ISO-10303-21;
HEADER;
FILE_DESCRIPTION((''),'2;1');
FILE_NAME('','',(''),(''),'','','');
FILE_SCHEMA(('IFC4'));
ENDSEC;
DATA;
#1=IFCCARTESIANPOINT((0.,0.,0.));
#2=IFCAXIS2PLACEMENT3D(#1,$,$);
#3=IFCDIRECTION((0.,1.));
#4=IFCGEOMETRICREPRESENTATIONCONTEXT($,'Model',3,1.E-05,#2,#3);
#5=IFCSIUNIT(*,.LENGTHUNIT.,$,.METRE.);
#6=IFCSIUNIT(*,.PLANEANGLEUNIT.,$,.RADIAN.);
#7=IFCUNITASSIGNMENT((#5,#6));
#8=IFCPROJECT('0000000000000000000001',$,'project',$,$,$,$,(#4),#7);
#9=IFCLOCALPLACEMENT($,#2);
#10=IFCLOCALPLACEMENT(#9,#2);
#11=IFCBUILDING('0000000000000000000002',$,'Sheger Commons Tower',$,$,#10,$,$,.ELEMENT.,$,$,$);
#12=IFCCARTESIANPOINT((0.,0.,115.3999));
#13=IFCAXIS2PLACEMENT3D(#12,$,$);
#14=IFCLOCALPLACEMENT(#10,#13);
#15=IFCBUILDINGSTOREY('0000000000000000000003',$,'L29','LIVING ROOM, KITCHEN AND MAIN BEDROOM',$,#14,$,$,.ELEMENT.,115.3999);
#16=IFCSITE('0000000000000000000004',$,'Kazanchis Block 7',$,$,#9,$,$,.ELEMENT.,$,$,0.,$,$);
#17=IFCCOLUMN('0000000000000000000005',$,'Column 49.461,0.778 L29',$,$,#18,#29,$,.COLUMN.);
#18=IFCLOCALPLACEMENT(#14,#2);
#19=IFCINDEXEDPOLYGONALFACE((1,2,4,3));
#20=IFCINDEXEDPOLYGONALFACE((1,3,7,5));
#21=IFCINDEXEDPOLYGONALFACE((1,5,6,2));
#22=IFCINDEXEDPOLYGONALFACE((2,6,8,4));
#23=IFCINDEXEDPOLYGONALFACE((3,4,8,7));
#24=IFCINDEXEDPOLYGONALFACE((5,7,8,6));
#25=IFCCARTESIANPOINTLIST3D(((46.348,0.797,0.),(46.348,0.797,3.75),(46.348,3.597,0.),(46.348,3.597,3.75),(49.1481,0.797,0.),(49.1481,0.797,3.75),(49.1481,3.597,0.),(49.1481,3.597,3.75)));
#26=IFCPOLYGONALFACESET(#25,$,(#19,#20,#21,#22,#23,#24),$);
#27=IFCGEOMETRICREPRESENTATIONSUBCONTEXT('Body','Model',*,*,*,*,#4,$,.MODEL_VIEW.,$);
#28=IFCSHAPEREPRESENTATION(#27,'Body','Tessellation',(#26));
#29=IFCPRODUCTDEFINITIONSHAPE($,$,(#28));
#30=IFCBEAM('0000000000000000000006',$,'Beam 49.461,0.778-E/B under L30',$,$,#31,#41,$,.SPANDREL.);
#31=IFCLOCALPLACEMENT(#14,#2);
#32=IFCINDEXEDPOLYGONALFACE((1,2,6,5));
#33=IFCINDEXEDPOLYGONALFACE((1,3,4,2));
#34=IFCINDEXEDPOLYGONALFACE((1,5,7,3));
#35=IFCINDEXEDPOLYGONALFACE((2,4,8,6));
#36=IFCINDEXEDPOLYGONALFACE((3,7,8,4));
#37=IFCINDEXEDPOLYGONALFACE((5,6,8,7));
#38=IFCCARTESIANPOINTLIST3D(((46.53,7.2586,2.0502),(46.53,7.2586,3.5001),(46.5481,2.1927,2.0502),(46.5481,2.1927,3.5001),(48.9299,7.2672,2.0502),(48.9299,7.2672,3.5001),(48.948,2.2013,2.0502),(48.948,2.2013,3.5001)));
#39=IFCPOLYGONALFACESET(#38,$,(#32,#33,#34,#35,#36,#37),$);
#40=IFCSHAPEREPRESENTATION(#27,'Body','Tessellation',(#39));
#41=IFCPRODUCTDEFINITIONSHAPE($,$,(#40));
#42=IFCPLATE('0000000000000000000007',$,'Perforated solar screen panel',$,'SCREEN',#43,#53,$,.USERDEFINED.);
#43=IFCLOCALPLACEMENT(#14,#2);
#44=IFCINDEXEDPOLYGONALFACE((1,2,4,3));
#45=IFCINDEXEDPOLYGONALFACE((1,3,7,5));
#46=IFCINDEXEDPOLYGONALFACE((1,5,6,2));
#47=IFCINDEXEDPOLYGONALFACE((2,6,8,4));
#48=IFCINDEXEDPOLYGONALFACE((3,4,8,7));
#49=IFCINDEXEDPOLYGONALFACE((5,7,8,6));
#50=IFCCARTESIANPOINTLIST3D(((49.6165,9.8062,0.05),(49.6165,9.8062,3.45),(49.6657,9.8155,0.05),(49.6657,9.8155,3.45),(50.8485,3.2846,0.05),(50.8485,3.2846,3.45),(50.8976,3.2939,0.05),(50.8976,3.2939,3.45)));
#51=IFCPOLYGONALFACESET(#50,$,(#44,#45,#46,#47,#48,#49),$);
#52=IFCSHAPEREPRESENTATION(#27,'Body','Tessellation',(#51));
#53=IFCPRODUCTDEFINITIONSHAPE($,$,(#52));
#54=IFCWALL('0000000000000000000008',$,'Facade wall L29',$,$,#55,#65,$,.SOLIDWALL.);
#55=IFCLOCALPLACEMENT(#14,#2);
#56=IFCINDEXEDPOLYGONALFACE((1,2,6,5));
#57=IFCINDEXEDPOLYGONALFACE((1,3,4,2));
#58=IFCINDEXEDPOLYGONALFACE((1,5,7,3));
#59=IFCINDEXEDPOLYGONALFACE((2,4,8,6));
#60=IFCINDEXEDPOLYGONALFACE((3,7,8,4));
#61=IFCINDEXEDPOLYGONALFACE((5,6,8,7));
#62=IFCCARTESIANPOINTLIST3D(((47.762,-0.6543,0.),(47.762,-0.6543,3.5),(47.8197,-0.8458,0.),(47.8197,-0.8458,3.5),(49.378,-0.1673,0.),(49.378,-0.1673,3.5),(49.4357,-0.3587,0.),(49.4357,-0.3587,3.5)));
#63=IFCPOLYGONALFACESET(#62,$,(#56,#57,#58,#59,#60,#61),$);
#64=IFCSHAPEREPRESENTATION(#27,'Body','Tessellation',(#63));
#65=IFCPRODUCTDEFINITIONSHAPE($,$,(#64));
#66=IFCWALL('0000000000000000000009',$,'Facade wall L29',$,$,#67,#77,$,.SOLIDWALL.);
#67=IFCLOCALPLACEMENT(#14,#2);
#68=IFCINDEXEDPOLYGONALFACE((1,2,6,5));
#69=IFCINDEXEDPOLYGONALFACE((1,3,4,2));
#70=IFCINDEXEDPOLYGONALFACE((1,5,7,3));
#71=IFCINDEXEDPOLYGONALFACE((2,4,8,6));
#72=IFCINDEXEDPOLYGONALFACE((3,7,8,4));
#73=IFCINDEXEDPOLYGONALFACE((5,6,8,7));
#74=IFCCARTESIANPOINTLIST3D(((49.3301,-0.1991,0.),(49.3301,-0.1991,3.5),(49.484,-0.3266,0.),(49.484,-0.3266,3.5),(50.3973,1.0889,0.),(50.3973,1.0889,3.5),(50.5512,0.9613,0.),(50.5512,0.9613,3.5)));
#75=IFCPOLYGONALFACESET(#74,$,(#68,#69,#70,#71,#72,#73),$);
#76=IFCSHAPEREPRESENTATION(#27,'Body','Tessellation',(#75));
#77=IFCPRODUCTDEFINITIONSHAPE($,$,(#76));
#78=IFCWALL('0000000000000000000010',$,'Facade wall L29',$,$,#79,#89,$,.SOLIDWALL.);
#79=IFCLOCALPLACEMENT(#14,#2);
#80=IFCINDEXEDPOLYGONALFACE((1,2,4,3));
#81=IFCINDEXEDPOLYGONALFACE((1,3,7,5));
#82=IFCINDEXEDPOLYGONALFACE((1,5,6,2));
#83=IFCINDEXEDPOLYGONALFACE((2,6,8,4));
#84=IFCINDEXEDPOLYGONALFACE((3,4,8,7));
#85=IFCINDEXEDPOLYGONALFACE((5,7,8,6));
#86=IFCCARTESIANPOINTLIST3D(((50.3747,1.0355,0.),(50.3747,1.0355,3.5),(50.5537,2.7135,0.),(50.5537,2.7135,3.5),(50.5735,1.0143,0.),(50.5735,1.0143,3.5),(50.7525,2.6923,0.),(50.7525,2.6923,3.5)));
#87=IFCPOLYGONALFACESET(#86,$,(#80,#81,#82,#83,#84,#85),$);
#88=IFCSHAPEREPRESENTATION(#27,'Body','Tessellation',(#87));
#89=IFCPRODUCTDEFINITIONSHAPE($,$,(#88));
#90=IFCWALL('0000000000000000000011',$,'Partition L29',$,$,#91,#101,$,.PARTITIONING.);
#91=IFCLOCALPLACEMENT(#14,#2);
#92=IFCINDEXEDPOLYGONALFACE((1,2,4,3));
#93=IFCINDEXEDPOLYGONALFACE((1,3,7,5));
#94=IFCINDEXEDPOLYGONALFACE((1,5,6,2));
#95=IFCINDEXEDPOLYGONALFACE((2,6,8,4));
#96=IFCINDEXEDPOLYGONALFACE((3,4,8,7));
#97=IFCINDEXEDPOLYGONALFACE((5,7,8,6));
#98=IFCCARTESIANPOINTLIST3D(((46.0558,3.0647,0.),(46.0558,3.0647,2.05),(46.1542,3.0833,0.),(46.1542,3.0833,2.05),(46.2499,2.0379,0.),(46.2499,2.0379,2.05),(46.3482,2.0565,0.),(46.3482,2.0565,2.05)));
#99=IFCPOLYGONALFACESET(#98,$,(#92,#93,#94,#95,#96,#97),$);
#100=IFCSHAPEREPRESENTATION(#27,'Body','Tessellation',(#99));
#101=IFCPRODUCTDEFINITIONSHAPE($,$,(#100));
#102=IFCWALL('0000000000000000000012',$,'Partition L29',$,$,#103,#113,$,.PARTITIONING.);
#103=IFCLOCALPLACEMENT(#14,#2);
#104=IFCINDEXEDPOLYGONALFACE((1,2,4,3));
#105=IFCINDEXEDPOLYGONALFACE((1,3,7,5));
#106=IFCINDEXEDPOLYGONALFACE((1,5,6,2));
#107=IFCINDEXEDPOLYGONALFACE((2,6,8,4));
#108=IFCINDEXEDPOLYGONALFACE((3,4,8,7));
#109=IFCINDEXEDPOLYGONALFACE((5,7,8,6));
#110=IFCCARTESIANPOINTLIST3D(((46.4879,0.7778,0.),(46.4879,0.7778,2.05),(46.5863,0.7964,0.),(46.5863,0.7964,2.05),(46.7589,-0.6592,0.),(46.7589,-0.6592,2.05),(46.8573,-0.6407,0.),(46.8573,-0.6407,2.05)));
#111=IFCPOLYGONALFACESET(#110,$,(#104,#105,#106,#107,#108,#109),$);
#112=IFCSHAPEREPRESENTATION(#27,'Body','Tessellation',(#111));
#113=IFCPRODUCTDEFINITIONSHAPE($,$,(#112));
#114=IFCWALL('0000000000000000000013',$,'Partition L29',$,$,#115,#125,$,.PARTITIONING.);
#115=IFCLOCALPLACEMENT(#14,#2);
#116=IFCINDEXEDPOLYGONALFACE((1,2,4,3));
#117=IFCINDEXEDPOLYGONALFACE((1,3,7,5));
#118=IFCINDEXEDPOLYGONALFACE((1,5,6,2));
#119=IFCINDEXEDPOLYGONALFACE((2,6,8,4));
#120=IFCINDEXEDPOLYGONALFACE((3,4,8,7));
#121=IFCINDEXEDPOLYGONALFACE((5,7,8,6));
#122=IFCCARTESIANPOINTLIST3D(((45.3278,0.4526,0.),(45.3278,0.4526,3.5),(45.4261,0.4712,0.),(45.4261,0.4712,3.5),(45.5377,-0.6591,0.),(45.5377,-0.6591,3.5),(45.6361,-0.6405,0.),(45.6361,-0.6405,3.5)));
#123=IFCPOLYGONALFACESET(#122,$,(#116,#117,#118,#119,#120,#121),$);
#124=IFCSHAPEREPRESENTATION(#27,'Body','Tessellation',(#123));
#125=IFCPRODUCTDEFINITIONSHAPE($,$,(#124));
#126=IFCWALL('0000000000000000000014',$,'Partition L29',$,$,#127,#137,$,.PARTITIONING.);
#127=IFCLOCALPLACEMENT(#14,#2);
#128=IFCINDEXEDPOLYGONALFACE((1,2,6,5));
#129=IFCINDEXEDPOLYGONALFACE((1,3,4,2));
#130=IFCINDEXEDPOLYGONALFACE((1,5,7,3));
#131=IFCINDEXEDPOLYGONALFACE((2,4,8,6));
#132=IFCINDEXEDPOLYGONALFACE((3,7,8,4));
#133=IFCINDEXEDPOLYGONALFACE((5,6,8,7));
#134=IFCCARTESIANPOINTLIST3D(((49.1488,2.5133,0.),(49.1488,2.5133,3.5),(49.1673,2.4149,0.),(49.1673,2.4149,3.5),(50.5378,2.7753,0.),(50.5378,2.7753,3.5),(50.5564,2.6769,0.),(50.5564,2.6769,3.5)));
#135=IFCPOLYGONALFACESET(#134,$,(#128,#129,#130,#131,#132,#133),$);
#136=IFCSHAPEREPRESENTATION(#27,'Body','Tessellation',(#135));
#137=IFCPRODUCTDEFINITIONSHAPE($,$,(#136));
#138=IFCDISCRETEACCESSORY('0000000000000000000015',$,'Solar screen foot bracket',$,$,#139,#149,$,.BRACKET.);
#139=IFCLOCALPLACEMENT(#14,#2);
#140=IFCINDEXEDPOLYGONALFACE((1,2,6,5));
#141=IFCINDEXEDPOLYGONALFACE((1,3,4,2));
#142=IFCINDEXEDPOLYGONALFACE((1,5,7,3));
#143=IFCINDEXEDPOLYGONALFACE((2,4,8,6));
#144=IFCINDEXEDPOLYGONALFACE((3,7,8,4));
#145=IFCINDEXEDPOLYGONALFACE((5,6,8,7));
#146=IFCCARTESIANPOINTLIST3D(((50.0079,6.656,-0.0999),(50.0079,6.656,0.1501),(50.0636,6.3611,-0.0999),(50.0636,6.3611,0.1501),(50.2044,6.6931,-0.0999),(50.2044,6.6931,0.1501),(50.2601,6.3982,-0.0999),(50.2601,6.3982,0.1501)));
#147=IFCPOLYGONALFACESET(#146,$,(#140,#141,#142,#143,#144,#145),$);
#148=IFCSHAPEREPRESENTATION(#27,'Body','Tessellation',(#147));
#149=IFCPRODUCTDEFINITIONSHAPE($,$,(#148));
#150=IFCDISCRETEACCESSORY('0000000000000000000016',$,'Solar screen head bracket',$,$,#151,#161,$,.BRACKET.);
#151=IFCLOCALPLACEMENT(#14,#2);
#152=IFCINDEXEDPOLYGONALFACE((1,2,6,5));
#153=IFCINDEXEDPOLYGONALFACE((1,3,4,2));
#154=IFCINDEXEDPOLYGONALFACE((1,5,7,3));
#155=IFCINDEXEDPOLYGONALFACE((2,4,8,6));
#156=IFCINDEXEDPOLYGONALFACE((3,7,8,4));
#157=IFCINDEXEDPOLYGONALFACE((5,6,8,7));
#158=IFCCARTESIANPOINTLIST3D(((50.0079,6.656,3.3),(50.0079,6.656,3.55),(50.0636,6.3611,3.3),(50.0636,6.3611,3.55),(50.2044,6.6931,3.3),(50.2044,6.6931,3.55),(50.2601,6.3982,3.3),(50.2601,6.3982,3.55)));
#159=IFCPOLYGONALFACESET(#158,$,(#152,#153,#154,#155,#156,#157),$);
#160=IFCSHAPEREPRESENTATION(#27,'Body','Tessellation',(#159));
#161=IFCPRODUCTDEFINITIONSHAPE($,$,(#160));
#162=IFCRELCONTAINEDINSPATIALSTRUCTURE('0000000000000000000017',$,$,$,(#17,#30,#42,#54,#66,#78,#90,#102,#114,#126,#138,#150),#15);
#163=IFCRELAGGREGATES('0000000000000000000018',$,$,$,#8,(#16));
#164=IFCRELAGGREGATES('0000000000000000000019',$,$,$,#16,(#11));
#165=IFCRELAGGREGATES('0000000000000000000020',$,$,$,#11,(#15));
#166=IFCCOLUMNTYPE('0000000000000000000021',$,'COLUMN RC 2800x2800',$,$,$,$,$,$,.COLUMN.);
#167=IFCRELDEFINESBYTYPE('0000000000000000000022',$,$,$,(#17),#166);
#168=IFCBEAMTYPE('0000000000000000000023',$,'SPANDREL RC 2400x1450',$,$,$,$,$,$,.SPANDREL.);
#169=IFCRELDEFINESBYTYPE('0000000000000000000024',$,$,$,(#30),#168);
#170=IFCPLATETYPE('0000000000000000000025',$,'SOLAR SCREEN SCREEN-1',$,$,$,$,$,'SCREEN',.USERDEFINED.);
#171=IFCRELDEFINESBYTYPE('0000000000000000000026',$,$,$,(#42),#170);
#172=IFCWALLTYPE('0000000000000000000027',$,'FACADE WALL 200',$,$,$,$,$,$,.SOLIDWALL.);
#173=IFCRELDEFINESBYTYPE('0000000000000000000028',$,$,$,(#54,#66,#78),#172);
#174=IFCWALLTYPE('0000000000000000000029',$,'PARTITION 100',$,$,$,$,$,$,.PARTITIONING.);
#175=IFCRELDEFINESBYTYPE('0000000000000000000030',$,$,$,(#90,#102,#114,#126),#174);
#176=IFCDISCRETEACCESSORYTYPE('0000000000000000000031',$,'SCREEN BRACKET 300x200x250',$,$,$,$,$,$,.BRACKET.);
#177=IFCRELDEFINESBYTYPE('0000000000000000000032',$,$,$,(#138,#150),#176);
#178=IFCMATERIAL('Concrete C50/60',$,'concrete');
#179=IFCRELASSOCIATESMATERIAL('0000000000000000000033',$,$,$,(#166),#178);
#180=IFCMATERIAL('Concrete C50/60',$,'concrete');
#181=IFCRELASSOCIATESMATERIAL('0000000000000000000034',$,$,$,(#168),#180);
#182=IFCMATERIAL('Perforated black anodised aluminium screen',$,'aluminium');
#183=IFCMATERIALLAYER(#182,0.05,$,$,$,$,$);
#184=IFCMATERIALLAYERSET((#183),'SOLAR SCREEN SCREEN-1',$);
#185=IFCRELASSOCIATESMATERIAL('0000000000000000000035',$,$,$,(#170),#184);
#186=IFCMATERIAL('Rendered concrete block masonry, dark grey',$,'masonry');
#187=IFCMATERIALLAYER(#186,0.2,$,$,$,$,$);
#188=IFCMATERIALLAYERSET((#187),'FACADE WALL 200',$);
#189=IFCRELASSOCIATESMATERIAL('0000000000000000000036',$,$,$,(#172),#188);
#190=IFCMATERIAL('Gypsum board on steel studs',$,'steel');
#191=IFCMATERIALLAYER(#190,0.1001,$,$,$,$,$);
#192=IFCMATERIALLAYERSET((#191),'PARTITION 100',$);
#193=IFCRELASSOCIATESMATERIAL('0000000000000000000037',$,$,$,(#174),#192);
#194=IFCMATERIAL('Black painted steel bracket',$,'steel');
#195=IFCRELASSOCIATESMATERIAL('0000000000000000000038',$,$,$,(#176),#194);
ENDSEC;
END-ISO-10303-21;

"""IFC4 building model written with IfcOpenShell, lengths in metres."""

from ifc_helpers import new_model, si_unit, direction, frame, frame_2d, origin, origin_2d, place, context, subcontext, project, spatial, rectangle, extrude, material, layer, layer_set, material_profile, profile_set, type_object, element, save


model = new_model("IFC4")

# Units and contexts
model_context = context("Model", 3, precision=1e-05, world=origin(), true_north=direction((0.0, 1.0)))
body_context = subcontext(model_context, "Body", "Model", "MODEL_VIEW")
ifc_project = project(units=[si_unit("LENGTHUNIT", "METRE"), si_unit("PLANEANGLEUNIT", "RADIAN")], contexts=[model_context])

# Site, building, storey
site_placement = place(None, origin())
site = spatial("IfcSite", under=ifc_project, at=site_placement, Name="Kazanchis Block 7", CompositionType="ELEMENT", RefElevation=0.0)
building_placement = place(site_placement, origin())
building = spatial("IfcBuilding", under=site, at=building_placement, Name="Sheger Commons Tower", CompositionType="ELEMENT")
storey_placement = place(building_placement, frame((0.0, 0.0, 115.3999)))
storey = spatial("IfcBuildingStorey", under=building, at=storey_placement, Name="L29", Description="LIVING ROOM, KITCHEN AND MAIN BEDROOM", CompositionType="ELEMENT", Elevation=115.3999)

# Column
ifc_material_1 = material(Name="Concrete C50/60", Category="concrete")
ifc_material_profile_1 = material_profile(ifc_material_1, rectangle(XDim=2.8, YDim=2.8, at=origin_2d()), Name="RC 2800x2800")
ifc_profile_set_1 = profile_set([ifc_material_profile_1], Name="Concrete C50/60")
column_type = type_object("IfcColumnType", Name="COLUMN RC 2800x2800", PredefinedType="COLUMN", material=ifc_profile_set_1)
column_placement = place(storey_placement, frame((47.748, 2.197, 0.0), z_axis=(0.0, 0.0, 1.0), x_axis=(1.0, 0.0, 0.0)))
element("IfcColumn", 1, at=column_placement, inside=storey, type_object=column_type, Name="Column 49.461,0.778 L29", PredefinedType="COLUMN", context=body_context, shape_type="SweptSolid", body=[
    extrude(rectangle(XDim=2.8, YDim=2.8, at=origin_2d()), origin(), (0.0, 0.0, 1.0), 3.75),
])

# Beam
ifc_material_2 = material(Name="Concrete C50/60", Category="concrete")
ifc_material_profile_2 = material_profile(ifc_material_2, rectangle(XDim=2.3999, YDim=1.45, at=origin_2d()), Name="RC 2400x1450")
ifc_profile_set_2 = profile_set([ifc_material_profile_2], Name="Concrete C50/60")
beam_type = type_object("IfcBeamType", Name="SPANDREL RC 2400x1450", PredefinedType="SPANDREL", material=ifc_profile_set_2)
beam_placement = place(storey_placement, frame((47.748, 2.197, 2.7751), z_axis=(-0.003566, 0.999994, 0.0), x_axis=(-0.999994, -0.003566, 0.0)))
element("IfcBeam", 2, at=beam_placement, inside=storey, type_object=beam_type, Name="Beam 49.461,0.778-E/B under L30", PredefinedType="SPANDREL", context=body_context, shape_type="SweptSolid", body=[
    extrude(rectangle(XDim=2.3999, YDim=1.45, at=origin_2d()), origin(), (0.0, 0.0, 1.0), 5.0659),
])

# Plate
ifc_material_3 = material(Name="Perforated black anodised aluminium screen", Category="aluminium")
ifc_layer_1 = layer(ifc_material_3, 0.05)
ifc_layer_set_1 = layer_set([ifc_layer_1], Name="SOLAR SCREEN SCREEN-1")
plate_type = type_object("IfcPlateType", Name="SOLAR SCREEN SCREEN-1", ElementType="SCREEN", PredefinedType="USERDEFINED", material=ifc_layer_set_1)
plate_placement = place(storey_placement, frame((50.2571, 6.55, 0.05), z_axis=(0.0, 0.0, 1.0), x_axis=(-0.185615, 0.982623, 0.0)))
element("IfcPlate", 3, at=plate_placement, inside=storey, type_object=plate_type, Name="Perforated solar screen panel", ObjectType="SCREEN", PredefinedType="USERDEFINED", context=body_context, shape_type="SweptSolid", body=[
    extrude(rectangle(XDim=6.637, YDim=0.05, at=origin_2d()), origin(), (0.0, 0.0, 1.0), 3.3999),
])

# Walls
ifc_material_4 = material(Name="Rendered concrete block masonry, dark grey", Category="masonry")
ifc_layer_2 = layer(ifc_material_4, 0.2)
ifc_layer_set_2 = layer_set([ifc_layer_2], Name="FACADE WALL 200")
wall_type_1 = type_object("IfcWallType", Name="FACADE WALL 200", PredefinedType="SOLIDWALL", material=ifc_layer_set_2)
wall_1_placement = place(storey_placement, frame((47.791, -0.75, 0.0), z_axis=(0.0, 0.0, 1.0), x_axis=(0.957455, 0.288582, 0.0)))
element("IfcWall", 4, at=wall_1_placement, inside=storey, type_object=wall_type_1, Name="Facade wall L29", PredefinedType="SOLIDWALL", context=body_context, shape_type="SweptSolid", body=[
    extrude(rectangle(XDim=1.6877, YDim=0.2, at=frame_2d((0.8438, 0.0))), origin(), (0.0, 0.0, 1.0), 3.5),
])
wall_2_placement = place(storey_placement, frame((49.407, -0.2629, 0.0), z_axis=(0.0, 0.0, 1.0), x_axis=(0.638043, 0.770001, 0.0)))
element("IfcWall", 5, at=wall_2_placement, inside=storey, type_object=wall_type_1, Name="Facade wall L29", PredefinedType="SOLIDWALL", context=body_context, shape_type="SweptSolid", body=[
    extrude(rectangle(XDim=1.6726, YDim=0.2, at=frame_2d((0.8364, 0.0))), origin(), (0.0, 0.0, 1.0), 3.5),
])
wall_3_placement = place(storey_placement, frame((50.4741, 1.0249, 0.0), z_axis=(0.0, 0.0, 1.0), x_axis=(0.106048, 0.994361, 0.0)))
element("IfcWall", 6, at=wall_3_placement, inside=storey, type_object=wall_type_1, Name="Facade wall L29", PredefinedType="SOLIDWALL", context=body_context, shape_type="SweptSolid", body=[
    extrude(rectangle(XDim=1.6875, YDim=0.2, at=frame_2d((0.8438, 0.0))), origin(), (0.0, 0.0, 1.0), 3.5),
])

# Walls
ifc_material_5 = material(Name="Gypsum board on steel studs", Category="steel")
ifc_layer_3 = layer(ifc_material_5, 0.1001)
ifc_layer_set_3 = layer_set([ifc_layer_3], Name="PARTITION 100")
wall_type_2 = type_object("IfcWallType", Name="PARTITION 100", PredefinedType="PARTITIONING", material=ifc_layer_set_3)
wall_4_placement = place(storey_placement, frame((46.105, 3.074, 0.0), z_axis=(0.0, 0.0, 1.0), x_axis=(0.185727, -0.982601, 0.0)))
element("IfcWall", 7, at=wall_4_placement, inside=storey, type_object=wall_type_2, Name="Partition L29", PredefinedType="PARTITIONING", context=body_context, shape_type="SweptSolid", body=[
    extrude(rectangle(XDim=1.0449, YDim=0.1001, at=frame_2d((0.5225, 0.0))), origin(), (0.0, 0.0, 1.0), 2.05),
])
wall_5_placement = place(storey_placement, frame((46.5371, 0.7871, 0.0), z_axis=(0.0, 0.0, 1.0), x_axis=(0.185317, -0.982679, 0.0)))
element("IfcWall", 8, at=wall_5_placement, inside=storey, type_object=wall_type_2, Name="Partition L29", PredefinedType="PARTITIONING", context=body_context, shape_type="SweptSolid", body=[
    extrude(rectangle(XDim=1.4624, YDim=0.1001, at=frame_2d((0.7312, 0.0))), origin(), (0.0, 0.0, 1.0), 2.05),
])
wall_6_placement = place(storey_placement, frame((45.377, 0.4619, 0.0), z_axis=(0.0, 0.0, 1.0), x_axis=(0.185565, -0.982632, 0.0)))
element("IfcWall", 9, at=wall_6_placement, inside=storey, type_object=wall_type_2, Name="Partition L29", PredefinedType="PARTITIONING", context=body_context, shape_type="SweptSolid", body=[
    extrude(rectangle(XDim=1.1313, YDim=0.1001, at=frame_2d((0.5657, 0.0))), origin(), (0.0, 0.0, 1.0), 3.5),
])
wall_7_placement = place(storey_placement, frame((50.5471, 2.7261, 0.0), z_axis=(0.0, 0.0, 1.0), x_axis=(-0.98268, -0.18531, 0.0)))
element("IfcWall", 10, at=wall_7_placement, inside=storey, type_object=wall_type_2, Name="Partition L29", PredefinedType="PARTITIONING", context=body_context, shape_type="SweptSolid", body=[
    extrude(rectangle(XDim=1.4136, YDim=0.1001, at=frame_2d((0.7068, 0.0))), origin(), (0.0, 0.0, 1.0), 3.5),
])

# Discrete accessories
ifc_material_6 = material(Name="Black painted steel bracket", Category="steel")
discrete_accessory_type = type_object("IfcDiscreteAccessoryType", Name="SCREEN BRACKET 300x200x250", PredefinedType="BRACKET", material=ifc_material_6)
for number, where, z_axis, x_axis, name in (
    (11, (50.134, 6.5271, -0.0999), (0.0, 0.0, 1.0), (-0.185615, 0.982623, 0.0), "Solar screen foot bracket"),
    (12, (50.134, 6.5271, 3.3), (0.0, 0.0, 1.0), (-0.185615, 0.982623, 0.0), "Solar screen head bracket"),
):
    element("IfcDiscreteAccessory", number, at=place(storey_placement, frame(where, z_axis=z_axis, x_axis=x_axis)), inside=storey, type_object=discrete_accessory_type, Name=name, PredefinedType="BRACKET", context=body_context, shape_type="SweptSolid", body=[
        extrude(rectangle(XDim=0.3, YDim=0.2, at=origin_2d()), origin(), (0.0, 0.0, 1.0), 0.25),
    ])

save(model, "model.ifc")
